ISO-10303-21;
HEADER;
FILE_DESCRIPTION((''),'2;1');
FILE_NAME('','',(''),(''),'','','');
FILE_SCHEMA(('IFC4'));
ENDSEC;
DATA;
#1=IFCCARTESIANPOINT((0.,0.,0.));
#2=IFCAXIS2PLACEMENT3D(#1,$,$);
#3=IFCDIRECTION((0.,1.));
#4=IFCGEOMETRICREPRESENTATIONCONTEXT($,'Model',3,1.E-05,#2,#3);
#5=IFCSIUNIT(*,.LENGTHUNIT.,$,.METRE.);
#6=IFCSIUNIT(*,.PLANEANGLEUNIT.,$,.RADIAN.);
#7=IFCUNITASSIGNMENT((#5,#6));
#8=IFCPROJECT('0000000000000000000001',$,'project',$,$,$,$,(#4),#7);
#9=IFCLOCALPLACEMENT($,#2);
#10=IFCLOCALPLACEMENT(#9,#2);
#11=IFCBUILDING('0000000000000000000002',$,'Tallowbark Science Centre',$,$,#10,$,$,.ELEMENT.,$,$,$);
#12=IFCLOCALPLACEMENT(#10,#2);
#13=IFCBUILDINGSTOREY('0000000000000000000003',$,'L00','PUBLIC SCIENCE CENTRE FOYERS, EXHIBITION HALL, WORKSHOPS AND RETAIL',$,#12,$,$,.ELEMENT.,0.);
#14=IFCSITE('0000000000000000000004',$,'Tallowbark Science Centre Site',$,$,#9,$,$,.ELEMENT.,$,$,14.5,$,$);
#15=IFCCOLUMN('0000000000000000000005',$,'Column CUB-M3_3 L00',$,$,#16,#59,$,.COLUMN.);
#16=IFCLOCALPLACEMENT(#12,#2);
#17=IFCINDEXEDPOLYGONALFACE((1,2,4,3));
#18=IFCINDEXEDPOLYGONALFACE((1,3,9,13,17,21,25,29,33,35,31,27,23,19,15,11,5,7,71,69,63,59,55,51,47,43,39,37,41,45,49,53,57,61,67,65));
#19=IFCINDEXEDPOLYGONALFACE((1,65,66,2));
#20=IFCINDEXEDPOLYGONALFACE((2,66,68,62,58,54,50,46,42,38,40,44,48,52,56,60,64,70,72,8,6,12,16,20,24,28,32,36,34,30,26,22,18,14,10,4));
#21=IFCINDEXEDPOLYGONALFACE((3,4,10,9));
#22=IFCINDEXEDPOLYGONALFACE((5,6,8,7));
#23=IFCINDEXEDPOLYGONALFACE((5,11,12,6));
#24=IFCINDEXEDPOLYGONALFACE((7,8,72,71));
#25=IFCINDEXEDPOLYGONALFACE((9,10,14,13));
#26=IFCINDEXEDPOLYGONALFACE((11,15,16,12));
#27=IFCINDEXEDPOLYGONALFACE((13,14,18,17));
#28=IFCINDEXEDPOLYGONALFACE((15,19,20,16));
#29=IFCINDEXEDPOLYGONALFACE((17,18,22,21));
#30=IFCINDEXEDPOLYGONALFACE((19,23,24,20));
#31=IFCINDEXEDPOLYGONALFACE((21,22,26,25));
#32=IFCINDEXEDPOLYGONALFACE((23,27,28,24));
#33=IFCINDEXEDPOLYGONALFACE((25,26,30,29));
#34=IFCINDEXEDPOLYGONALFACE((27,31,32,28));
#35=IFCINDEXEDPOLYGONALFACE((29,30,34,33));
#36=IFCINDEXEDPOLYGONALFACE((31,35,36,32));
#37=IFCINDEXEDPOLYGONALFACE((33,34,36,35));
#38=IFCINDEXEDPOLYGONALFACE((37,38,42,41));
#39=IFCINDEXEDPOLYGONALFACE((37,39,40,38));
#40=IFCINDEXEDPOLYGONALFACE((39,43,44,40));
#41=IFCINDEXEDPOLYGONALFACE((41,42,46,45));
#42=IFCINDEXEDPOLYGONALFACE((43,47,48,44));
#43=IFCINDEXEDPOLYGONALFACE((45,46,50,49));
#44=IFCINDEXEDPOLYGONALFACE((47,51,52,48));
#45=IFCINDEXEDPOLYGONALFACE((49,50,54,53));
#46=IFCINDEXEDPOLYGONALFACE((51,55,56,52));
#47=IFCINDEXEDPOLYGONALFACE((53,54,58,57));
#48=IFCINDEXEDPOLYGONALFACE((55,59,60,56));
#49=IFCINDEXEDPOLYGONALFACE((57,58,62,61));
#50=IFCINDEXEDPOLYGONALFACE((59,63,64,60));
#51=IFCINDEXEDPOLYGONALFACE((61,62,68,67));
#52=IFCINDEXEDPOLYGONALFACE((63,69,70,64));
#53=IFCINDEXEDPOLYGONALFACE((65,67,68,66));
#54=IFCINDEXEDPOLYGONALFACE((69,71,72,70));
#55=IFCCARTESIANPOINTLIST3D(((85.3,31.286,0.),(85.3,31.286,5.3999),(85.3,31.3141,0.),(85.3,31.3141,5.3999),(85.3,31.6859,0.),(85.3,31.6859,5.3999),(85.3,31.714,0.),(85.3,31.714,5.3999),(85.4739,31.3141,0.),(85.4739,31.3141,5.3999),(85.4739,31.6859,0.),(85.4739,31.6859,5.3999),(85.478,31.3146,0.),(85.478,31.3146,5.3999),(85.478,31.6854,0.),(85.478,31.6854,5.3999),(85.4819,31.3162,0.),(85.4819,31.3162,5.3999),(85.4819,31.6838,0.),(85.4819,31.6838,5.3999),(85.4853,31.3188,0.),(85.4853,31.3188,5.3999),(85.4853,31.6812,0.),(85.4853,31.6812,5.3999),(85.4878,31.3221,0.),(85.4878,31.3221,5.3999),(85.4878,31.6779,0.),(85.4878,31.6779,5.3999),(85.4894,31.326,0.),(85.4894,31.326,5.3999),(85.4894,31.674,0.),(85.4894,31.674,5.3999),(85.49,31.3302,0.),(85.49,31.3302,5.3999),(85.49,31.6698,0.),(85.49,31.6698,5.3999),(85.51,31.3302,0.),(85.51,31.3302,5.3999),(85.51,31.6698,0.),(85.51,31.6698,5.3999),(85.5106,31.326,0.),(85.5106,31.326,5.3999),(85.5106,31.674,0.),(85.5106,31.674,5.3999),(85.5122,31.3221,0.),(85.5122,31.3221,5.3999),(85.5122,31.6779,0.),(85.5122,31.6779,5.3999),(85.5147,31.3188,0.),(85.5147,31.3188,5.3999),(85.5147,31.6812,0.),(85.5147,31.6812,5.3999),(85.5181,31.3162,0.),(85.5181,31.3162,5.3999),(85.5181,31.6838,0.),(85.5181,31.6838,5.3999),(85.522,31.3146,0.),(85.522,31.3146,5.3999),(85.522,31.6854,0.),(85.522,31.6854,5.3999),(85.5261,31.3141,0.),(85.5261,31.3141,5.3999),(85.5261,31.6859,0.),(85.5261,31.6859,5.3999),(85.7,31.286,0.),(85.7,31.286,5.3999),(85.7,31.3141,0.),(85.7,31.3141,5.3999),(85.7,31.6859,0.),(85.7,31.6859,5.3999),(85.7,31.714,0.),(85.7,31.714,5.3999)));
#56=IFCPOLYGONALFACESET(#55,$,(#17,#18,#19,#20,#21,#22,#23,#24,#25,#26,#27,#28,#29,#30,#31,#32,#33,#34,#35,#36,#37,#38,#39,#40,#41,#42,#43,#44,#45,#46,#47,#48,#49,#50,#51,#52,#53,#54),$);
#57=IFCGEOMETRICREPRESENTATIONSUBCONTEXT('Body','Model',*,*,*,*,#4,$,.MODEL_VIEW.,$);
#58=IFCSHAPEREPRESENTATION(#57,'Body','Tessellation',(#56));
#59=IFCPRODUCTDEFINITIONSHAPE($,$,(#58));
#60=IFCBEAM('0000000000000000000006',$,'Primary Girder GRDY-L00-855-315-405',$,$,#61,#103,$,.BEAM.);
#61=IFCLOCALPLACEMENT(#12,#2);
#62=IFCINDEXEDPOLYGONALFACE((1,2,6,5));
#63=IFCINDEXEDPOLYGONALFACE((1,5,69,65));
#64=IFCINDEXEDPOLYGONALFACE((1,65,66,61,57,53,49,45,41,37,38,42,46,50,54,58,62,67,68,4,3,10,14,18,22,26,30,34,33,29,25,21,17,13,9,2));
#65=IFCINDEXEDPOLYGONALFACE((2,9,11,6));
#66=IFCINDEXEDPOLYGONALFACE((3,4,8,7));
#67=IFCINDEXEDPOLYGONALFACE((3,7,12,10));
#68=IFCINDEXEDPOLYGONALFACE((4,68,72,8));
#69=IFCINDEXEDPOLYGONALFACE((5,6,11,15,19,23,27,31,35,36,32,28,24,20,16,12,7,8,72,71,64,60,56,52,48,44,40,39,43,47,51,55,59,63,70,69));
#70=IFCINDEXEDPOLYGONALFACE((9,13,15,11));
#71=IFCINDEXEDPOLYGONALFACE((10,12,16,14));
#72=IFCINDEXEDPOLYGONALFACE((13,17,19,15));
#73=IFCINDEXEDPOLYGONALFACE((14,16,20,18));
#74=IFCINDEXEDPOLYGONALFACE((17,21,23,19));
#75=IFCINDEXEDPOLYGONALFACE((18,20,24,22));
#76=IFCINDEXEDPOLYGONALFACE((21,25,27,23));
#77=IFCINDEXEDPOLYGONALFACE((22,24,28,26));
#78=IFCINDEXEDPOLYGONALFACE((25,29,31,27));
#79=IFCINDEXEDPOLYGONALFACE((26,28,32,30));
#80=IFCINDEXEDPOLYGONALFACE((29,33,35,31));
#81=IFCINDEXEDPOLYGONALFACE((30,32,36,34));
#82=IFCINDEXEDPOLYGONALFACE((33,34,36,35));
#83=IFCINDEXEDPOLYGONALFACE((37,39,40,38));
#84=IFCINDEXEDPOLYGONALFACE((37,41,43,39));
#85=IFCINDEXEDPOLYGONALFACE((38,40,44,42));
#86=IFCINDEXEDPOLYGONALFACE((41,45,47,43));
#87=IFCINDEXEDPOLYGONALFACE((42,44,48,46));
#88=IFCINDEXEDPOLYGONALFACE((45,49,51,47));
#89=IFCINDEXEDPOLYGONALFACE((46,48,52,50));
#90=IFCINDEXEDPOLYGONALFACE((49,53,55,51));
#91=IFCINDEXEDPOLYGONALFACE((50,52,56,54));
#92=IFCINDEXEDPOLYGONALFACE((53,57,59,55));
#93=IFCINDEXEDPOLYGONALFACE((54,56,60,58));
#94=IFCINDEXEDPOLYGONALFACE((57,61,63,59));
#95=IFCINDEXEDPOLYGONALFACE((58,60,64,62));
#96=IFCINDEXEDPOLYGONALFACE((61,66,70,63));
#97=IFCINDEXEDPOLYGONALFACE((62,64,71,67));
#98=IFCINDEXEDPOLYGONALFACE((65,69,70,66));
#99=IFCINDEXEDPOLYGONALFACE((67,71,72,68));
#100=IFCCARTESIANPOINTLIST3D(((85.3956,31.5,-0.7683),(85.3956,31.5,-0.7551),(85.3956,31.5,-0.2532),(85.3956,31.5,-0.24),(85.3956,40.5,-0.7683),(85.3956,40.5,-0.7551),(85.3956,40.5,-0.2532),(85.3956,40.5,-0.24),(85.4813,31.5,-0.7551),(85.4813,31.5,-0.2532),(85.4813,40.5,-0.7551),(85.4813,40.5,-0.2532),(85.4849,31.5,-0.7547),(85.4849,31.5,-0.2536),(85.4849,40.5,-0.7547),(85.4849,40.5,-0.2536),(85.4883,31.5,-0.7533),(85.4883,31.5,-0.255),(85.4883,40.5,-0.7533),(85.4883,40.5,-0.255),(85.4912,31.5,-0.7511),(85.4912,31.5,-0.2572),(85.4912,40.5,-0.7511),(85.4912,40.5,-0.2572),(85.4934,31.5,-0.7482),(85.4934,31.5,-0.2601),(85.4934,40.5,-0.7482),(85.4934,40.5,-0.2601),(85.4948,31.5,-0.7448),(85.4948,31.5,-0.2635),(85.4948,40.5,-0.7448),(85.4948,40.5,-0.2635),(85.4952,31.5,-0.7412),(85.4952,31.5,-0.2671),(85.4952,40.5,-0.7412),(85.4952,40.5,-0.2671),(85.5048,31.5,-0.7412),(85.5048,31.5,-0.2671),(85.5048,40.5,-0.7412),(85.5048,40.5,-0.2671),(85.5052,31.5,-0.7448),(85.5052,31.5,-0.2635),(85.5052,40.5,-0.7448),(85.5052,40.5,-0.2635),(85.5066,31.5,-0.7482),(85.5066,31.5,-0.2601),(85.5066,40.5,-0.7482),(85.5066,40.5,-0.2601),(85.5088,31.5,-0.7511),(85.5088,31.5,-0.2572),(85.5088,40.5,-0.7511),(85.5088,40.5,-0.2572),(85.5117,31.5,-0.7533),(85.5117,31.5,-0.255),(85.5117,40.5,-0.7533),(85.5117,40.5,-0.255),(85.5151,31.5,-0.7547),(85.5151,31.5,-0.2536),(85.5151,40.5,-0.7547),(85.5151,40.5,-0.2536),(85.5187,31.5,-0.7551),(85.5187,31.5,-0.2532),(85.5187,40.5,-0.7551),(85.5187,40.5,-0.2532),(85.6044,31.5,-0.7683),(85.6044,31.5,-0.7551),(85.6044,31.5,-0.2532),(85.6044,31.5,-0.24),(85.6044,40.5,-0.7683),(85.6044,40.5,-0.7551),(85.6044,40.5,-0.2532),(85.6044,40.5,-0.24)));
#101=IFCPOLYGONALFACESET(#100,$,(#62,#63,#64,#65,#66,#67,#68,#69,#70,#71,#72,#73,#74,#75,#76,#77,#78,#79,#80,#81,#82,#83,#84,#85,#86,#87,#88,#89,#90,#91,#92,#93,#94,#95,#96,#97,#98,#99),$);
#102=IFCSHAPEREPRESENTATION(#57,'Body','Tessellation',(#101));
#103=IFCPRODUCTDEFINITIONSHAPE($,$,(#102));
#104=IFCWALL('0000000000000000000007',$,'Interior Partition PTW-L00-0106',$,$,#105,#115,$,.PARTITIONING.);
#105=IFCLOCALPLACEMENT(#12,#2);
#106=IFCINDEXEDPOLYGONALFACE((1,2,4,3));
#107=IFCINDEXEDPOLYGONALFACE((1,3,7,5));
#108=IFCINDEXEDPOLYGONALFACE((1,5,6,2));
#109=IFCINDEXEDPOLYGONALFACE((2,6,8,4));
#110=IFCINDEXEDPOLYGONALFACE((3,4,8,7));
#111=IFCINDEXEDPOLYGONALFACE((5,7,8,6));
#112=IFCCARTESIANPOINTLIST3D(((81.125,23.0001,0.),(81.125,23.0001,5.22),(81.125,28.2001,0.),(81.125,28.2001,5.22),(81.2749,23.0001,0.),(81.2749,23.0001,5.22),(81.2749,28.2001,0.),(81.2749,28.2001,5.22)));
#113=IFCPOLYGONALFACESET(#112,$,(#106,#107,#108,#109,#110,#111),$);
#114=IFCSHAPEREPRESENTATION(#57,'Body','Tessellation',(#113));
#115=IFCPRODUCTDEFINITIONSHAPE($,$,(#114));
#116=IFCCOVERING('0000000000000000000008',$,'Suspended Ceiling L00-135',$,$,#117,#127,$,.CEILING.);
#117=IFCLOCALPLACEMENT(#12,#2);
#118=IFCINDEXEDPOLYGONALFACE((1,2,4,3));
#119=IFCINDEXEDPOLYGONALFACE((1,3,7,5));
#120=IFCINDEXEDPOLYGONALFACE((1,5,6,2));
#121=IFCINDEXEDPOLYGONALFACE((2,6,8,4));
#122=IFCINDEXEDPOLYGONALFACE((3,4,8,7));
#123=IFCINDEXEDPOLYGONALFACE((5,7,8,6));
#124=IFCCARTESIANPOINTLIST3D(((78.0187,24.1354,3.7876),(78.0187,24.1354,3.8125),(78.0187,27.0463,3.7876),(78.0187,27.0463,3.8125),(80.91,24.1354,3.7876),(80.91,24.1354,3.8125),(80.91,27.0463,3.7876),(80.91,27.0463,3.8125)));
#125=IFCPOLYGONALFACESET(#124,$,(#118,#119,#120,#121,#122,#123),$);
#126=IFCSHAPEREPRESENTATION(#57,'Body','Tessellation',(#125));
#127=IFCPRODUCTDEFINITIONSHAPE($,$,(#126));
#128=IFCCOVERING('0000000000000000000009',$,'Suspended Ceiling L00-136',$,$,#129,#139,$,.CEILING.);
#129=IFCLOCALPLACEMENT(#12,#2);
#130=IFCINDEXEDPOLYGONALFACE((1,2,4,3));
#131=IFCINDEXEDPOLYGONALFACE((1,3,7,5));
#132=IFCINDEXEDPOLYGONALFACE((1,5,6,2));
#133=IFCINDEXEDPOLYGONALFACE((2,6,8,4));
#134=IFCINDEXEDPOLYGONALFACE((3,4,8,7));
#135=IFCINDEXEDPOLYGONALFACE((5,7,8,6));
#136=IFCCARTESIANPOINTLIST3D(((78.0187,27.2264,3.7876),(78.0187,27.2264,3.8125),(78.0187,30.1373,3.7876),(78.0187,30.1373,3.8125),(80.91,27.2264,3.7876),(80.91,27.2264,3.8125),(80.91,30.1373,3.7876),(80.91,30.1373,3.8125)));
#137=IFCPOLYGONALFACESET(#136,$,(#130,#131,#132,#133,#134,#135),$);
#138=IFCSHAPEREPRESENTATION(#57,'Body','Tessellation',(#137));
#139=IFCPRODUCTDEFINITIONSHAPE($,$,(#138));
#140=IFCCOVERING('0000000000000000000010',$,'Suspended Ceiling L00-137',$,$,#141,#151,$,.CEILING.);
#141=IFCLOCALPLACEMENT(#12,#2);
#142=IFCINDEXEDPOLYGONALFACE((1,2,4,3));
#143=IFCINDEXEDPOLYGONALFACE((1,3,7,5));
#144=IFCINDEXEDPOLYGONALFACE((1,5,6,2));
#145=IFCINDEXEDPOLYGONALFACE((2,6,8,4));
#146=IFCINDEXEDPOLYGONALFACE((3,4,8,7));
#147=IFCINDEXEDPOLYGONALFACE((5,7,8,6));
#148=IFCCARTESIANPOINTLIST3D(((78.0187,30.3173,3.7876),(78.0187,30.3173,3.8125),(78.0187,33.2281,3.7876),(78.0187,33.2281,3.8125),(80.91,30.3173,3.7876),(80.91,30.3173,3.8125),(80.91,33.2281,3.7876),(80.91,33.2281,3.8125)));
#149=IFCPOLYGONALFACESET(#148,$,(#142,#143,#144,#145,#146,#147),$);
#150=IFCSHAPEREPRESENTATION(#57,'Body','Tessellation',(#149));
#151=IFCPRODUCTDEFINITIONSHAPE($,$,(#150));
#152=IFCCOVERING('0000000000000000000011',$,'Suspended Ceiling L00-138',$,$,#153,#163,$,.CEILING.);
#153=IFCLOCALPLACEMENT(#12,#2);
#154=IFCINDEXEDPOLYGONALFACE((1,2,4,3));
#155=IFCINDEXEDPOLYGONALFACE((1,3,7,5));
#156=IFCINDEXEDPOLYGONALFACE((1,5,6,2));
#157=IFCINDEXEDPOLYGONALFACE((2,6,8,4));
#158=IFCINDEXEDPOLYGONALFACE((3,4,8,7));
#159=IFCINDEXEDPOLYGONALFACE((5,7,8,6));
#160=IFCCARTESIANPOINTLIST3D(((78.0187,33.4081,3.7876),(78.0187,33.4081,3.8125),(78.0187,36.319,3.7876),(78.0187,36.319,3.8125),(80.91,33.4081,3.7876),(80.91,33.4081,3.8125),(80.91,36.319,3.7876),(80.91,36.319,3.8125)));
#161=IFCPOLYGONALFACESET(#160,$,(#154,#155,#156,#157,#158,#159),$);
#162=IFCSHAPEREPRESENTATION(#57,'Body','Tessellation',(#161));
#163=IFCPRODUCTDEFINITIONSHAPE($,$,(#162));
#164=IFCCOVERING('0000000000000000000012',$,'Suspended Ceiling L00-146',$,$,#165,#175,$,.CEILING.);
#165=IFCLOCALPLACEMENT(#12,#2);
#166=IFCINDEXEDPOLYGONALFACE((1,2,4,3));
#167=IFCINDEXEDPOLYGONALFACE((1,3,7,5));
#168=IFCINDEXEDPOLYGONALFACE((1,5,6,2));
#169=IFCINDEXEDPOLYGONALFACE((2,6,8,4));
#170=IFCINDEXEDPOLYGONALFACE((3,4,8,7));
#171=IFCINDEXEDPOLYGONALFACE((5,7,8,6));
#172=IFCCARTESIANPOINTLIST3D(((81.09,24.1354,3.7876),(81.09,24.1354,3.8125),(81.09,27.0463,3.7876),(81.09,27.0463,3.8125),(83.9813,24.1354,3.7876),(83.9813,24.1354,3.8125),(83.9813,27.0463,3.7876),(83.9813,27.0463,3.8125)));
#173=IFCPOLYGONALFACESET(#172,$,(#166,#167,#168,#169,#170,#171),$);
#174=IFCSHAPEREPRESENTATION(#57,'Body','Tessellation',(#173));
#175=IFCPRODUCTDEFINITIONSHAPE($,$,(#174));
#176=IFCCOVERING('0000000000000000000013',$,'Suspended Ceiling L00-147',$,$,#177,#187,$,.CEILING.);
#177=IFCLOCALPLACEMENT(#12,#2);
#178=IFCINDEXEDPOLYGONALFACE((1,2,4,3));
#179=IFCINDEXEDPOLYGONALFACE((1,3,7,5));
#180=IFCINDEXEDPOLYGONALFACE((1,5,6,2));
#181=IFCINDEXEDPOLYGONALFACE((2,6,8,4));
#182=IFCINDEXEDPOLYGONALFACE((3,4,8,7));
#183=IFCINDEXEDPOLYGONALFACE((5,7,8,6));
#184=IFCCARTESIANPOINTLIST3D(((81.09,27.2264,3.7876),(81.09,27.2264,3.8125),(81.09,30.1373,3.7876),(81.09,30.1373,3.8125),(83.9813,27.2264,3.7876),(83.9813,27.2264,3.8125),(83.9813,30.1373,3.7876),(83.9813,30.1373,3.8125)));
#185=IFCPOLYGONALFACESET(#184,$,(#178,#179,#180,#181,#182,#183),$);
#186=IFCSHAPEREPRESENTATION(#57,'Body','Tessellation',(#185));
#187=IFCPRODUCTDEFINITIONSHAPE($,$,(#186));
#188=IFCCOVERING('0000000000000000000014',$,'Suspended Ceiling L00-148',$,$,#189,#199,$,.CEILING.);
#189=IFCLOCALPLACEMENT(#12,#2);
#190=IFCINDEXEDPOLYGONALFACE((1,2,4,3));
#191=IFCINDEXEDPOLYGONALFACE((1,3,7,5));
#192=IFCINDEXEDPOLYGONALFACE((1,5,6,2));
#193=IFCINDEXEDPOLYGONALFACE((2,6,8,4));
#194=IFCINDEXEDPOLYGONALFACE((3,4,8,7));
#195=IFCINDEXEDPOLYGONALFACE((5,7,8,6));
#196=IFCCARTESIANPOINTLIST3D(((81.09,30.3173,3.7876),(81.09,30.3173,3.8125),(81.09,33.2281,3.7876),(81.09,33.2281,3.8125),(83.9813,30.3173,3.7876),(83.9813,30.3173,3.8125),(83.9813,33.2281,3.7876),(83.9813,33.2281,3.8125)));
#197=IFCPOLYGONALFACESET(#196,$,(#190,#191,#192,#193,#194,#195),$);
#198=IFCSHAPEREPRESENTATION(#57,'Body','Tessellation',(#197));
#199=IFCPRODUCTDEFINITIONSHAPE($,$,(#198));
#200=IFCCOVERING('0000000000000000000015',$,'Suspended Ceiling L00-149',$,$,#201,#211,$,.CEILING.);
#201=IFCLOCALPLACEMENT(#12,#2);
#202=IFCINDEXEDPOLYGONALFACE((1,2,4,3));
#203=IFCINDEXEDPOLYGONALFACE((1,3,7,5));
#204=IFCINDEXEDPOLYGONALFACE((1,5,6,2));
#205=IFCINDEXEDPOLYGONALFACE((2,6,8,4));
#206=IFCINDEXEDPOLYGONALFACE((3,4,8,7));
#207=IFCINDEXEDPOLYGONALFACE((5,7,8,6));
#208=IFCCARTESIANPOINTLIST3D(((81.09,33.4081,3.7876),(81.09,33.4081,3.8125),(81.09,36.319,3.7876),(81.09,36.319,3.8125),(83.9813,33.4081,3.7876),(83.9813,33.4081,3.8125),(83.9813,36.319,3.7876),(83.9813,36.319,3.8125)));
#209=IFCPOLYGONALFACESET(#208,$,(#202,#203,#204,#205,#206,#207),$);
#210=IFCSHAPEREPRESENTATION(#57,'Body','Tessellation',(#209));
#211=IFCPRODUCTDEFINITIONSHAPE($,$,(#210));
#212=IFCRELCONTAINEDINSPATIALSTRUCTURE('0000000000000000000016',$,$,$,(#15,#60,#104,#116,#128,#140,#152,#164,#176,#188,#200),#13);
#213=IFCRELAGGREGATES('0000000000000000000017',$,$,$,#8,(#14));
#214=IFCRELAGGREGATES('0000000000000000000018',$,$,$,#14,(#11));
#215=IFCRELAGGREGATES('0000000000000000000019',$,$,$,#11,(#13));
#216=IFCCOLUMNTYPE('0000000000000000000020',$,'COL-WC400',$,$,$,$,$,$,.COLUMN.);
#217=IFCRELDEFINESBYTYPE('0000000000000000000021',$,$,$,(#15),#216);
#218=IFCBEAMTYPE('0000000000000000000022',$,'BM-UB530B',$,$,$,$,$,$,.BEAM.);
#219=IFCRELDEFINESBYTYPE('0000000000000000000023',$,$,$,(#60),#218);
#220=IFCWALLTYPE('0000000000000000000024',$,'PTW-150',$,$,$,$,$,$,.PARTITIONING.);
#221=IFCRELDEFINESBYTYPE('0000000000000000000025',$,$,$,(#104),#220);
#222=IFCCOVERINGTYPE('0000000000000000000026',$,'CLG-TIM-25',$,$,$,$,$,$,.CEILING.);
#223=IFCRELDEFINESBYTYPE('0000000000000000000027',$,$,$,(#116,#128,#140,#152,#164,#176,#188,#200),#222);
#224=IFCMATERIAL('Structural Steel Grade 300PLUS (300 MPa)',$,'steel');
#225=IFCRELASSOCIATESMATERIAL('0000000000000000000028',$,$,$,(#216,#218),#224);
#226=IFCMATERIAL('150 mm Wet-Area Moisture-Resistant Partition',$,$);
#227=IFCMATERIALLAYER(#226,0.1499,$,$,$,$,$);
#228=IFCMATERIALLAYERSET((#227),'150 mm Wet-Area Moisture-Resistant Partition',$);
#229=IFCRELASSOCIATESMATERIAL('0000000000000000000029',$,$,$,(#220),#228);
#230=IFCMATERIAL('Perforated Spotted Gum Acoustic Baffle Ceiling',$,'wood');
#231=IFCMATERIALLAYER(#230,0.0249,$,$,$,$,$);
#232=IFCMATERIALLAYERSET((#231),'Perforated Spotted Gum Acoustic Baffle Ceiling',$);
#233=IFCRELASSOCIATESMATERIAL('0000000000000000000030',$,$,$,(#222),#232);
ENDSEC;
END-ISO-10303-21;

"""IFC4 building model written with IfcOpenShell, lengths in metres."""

from ifc_helpers import new_model, si_unit, direction, frame, frame_2d, origin, origin_2d, place, context, subcontext, project, spatial, rectangle, i_section, extrude, material, layer, layer_set, material_profile, profile_set, type_object, element, save


model = new_model("IFC4")

# Units and contexts
model_context = context("Model", 3, precision=1e-05, world=origin(), true_north=direction((0.0, 1.0)))
body_context = subcontext(model_context, "Body", "Model", "MODEL_VIEW")
ifc_project = project(units=[si_unit("LENGTHUNIT", "METRE"), si_unit("PLANEANGLEUNIT", "RADIAN")], contexts=[model_context])

# Site, building, storey
site_placement = place(None, origin())
site = spatial("IfcSite", under=ifc_project, at=site_placement, Name="Tallowbark Science Centre Site", CompositionType="ELEMENT", RefElevation=14.5)
building_placement = place(site_placement, origin())
building = spatial("IfcBuilding", under=site, at=building_placement, Name="Tallowbark Science Centre", CompositionType="ELEMENT")
storey_placement = place(building_placement, origin())
storey = spatial("IfcBuildingStorey", under=building, at=storey_placement, Name="L00", Description="PUBLIC SCIENCE CENTRE FOYERS, EXHIBITION HALL, WORKSHOPS AND RETAIL", CompositionType="ELEMENT", Elevation=0.0)

# Column
ifc_material_1 = material(Name="Structural Steel Grade 300PLUS (300 MPa)", Category="steel")
ifc_material_profile_1 = material_profile(ifc_material_1, i_section(OverallWidth=0.3999, OverallDepth=0.428, WebThickness=0.02, FlangeThickness=0.0281, FilletRadius=0.0161, at=origin_2d()), Name="400WC270")
ifc_profile_set_1 = profile_set([ifc_material_profile_1], Name="Structural Steel Grade 300PLUS (300 MPa)")
column_type = type_object("IfcColumnType", Name="COL-WC400", PredefinedType="COLUMN", material=ifc_profile_set_1)
column_placement = place(storey_placement, frame((85.5, 31.5, 0.0), z_axis=(0.0, 0.0, 1.0), x_axis=(1.0, 0.0, 0.0)))
element("IfcColumn", 1, at=column_placement, inside=storey, type_object=column_type, Name="Column CUB-M3_3 L00", PredefinedType="COLUMN", context=body_context, shape_type="SweptSolid", body=[
    extrude(i_section(OverallWidth=0.3999, OverallDepth=0.428, WebThickness=0.02, FlangeThickness=0.0281, FilletRadius=0.0161, at=origin_2d()), origin(), (0.0, 0.0, 1.0), 5.3999),
])

# Beam
ifc_material_profile_2 = material_profile(ifc_material_1, i_section(OverallWidth=0.2087, OverallDepth=0.5283, WebThickness=0.0095, FlangeThickness=0.0132, FilletRadius=0.0139, at=origin_2d()), Name="530UB82.0")
ifc_profile_set_2 = profile_set([ifc_material_profile_2], Name="Structural Steel Grade 300PLUS (300 MPa)")
beam_type = type_object("IfcBeamType", Name="BM-UB530B", PredefinedType="BEAM", material=ifc_profile_set_2)
beam_placement = place(storey_placement, frame((85.5, 31.5, -0.5042), z_axis=(0.0, 1.0, 0.0), x_axis=(-1.0, 0.0, 0.0)))
element("IfcBeam", 2, at=beam_placement, inside=storey, type_object=beam_type, Name="Primary Girder GRDY-L00-855-315-405", PredefinedType="BEAM", context=body_context, shape_type="SweptSolid", body=[
    extrude(i_section(OverallWidth=0.2087, OverallDepth=0.5283, WebThickness=0.0095, FlangeThickness=0.0132, FilletRadius=0.0139, at=origin_2d()), origin(), (0.0, 0.0, 1.0), 9.0),
])

# Wall
ifc_material_2 = material(Name="150 mm Wet-Area Moisture-Resistant Partition")
ifc_layer_1 = layer(ifc_material_2, 0.1499)
ifc_layer_set_1 = layer_set([ifc_layer_1], Name="150 mm Wet-Area Moisture-Resistant Partition")
wall_type = type_object("IfcWallType", Name="PTW-150", PredefinedType="PARTITIONING", material=ifc_layer_set_1)
wall_placement = place(storey_placement, frame((81.2, 23.0, 0.0), z_axis=(0.0, 0.0, 1.0), x_axis=(0.0, 1.0, 0.0)))
element("IfcWall", 3, at=wall_placement, inside=storey, type_object=wall_type, Name="Interior Partition PTW-L00-0106", PredefinedType="PARTITIONING", context=body_context, shape_type="SweptSolid", body=[
    extrude(rectangle(XDim=5.2, YDim=0.1499, at=frame_2d((2.6001, 0.0))), origin(), (0.0, 0.0, 1.0), 5.22),
])

# Coverings
ifc_material_3 = material(Name="Perforated Spotted Gum Acoustic Baffle Ceiling", Category="wood")
ifc_layer_2 = layer(ifc_material_3, 0.0249)
ifc_layer_set_2 = layer_set([ifc_layer_2], Name="Perforated Spotted Gum Acoustic Baffle Ceiling")
covering_type_1 = type_object("IfcCoveringType", Name="CLG-TIM-25", PredefinedType="CEILING", material=ifc_layer_set_2)
for number, where, z_axis, x_axis, name in (
    (4, (79.4644, 25.5908, 3.7876), (0.0, 0.0, 1.0), (1.0, 0.0, 0.0), "Suspended Ceiling L00-135"),
    (5, (79.4644, 28.6819, 3.7876), (0.0, 0.0, 1.0), (1.0, 0.0, 0.0), "Suspended Ceiling L00-136"),
    (6, (79.4644, 31.7727, 3.7876), (0.0, 0.0, 1.0), (1.0, 0.0, 0.0), "Suspended Ceiling L00-137"),
    (7, (79.4644, 34.8635, 3.7876), (0.0, 0.0, 1.0), (1.0, 0.0, 0.0), "Suspended Ceiling L00-138"),
    (8, (82.5356, 25.5908, 3.7876), (0.0, 0.0, 1.0), (1.0, 0.0, 0.0), "Suspended Ceiling L00-146"),
    (9, (82.5356, 28.6819, 3.7876), (0.0, 0.0, 1.0), (1.0, 0.0, 0.0), "Suspended Ceiling L00-147"),
    (10, (82.5356, 31.7727, 3.7876), (0.0, 0.0, 1.0), (1.0, 0.0, 0.0), "Suspended Ceiling L00-148"),
    (11, (82.5356, 34.8635, 3.7876), (0.0, 0.0, 1.0), (1.0, 0.0, 0.0), "Suspended Ceiling L00-149"),
):
    element("IfcCovering", number, at=place(storey_placement, frame(where, z_axis=z_axis, x_axis=x_axis)), inside=storey, type_object=covering_type_1, Name=name, PredefinedType="CEILING", context=body_context, shape_type="SweptSolid", body=[
        extrude(rectangle(XDim=2.8914, YDim=2.9109, at=origin_2d()), origin(), (0.0, 0.0, 1.0), 0.0249),
    ])

save(model, "model.ifc")
